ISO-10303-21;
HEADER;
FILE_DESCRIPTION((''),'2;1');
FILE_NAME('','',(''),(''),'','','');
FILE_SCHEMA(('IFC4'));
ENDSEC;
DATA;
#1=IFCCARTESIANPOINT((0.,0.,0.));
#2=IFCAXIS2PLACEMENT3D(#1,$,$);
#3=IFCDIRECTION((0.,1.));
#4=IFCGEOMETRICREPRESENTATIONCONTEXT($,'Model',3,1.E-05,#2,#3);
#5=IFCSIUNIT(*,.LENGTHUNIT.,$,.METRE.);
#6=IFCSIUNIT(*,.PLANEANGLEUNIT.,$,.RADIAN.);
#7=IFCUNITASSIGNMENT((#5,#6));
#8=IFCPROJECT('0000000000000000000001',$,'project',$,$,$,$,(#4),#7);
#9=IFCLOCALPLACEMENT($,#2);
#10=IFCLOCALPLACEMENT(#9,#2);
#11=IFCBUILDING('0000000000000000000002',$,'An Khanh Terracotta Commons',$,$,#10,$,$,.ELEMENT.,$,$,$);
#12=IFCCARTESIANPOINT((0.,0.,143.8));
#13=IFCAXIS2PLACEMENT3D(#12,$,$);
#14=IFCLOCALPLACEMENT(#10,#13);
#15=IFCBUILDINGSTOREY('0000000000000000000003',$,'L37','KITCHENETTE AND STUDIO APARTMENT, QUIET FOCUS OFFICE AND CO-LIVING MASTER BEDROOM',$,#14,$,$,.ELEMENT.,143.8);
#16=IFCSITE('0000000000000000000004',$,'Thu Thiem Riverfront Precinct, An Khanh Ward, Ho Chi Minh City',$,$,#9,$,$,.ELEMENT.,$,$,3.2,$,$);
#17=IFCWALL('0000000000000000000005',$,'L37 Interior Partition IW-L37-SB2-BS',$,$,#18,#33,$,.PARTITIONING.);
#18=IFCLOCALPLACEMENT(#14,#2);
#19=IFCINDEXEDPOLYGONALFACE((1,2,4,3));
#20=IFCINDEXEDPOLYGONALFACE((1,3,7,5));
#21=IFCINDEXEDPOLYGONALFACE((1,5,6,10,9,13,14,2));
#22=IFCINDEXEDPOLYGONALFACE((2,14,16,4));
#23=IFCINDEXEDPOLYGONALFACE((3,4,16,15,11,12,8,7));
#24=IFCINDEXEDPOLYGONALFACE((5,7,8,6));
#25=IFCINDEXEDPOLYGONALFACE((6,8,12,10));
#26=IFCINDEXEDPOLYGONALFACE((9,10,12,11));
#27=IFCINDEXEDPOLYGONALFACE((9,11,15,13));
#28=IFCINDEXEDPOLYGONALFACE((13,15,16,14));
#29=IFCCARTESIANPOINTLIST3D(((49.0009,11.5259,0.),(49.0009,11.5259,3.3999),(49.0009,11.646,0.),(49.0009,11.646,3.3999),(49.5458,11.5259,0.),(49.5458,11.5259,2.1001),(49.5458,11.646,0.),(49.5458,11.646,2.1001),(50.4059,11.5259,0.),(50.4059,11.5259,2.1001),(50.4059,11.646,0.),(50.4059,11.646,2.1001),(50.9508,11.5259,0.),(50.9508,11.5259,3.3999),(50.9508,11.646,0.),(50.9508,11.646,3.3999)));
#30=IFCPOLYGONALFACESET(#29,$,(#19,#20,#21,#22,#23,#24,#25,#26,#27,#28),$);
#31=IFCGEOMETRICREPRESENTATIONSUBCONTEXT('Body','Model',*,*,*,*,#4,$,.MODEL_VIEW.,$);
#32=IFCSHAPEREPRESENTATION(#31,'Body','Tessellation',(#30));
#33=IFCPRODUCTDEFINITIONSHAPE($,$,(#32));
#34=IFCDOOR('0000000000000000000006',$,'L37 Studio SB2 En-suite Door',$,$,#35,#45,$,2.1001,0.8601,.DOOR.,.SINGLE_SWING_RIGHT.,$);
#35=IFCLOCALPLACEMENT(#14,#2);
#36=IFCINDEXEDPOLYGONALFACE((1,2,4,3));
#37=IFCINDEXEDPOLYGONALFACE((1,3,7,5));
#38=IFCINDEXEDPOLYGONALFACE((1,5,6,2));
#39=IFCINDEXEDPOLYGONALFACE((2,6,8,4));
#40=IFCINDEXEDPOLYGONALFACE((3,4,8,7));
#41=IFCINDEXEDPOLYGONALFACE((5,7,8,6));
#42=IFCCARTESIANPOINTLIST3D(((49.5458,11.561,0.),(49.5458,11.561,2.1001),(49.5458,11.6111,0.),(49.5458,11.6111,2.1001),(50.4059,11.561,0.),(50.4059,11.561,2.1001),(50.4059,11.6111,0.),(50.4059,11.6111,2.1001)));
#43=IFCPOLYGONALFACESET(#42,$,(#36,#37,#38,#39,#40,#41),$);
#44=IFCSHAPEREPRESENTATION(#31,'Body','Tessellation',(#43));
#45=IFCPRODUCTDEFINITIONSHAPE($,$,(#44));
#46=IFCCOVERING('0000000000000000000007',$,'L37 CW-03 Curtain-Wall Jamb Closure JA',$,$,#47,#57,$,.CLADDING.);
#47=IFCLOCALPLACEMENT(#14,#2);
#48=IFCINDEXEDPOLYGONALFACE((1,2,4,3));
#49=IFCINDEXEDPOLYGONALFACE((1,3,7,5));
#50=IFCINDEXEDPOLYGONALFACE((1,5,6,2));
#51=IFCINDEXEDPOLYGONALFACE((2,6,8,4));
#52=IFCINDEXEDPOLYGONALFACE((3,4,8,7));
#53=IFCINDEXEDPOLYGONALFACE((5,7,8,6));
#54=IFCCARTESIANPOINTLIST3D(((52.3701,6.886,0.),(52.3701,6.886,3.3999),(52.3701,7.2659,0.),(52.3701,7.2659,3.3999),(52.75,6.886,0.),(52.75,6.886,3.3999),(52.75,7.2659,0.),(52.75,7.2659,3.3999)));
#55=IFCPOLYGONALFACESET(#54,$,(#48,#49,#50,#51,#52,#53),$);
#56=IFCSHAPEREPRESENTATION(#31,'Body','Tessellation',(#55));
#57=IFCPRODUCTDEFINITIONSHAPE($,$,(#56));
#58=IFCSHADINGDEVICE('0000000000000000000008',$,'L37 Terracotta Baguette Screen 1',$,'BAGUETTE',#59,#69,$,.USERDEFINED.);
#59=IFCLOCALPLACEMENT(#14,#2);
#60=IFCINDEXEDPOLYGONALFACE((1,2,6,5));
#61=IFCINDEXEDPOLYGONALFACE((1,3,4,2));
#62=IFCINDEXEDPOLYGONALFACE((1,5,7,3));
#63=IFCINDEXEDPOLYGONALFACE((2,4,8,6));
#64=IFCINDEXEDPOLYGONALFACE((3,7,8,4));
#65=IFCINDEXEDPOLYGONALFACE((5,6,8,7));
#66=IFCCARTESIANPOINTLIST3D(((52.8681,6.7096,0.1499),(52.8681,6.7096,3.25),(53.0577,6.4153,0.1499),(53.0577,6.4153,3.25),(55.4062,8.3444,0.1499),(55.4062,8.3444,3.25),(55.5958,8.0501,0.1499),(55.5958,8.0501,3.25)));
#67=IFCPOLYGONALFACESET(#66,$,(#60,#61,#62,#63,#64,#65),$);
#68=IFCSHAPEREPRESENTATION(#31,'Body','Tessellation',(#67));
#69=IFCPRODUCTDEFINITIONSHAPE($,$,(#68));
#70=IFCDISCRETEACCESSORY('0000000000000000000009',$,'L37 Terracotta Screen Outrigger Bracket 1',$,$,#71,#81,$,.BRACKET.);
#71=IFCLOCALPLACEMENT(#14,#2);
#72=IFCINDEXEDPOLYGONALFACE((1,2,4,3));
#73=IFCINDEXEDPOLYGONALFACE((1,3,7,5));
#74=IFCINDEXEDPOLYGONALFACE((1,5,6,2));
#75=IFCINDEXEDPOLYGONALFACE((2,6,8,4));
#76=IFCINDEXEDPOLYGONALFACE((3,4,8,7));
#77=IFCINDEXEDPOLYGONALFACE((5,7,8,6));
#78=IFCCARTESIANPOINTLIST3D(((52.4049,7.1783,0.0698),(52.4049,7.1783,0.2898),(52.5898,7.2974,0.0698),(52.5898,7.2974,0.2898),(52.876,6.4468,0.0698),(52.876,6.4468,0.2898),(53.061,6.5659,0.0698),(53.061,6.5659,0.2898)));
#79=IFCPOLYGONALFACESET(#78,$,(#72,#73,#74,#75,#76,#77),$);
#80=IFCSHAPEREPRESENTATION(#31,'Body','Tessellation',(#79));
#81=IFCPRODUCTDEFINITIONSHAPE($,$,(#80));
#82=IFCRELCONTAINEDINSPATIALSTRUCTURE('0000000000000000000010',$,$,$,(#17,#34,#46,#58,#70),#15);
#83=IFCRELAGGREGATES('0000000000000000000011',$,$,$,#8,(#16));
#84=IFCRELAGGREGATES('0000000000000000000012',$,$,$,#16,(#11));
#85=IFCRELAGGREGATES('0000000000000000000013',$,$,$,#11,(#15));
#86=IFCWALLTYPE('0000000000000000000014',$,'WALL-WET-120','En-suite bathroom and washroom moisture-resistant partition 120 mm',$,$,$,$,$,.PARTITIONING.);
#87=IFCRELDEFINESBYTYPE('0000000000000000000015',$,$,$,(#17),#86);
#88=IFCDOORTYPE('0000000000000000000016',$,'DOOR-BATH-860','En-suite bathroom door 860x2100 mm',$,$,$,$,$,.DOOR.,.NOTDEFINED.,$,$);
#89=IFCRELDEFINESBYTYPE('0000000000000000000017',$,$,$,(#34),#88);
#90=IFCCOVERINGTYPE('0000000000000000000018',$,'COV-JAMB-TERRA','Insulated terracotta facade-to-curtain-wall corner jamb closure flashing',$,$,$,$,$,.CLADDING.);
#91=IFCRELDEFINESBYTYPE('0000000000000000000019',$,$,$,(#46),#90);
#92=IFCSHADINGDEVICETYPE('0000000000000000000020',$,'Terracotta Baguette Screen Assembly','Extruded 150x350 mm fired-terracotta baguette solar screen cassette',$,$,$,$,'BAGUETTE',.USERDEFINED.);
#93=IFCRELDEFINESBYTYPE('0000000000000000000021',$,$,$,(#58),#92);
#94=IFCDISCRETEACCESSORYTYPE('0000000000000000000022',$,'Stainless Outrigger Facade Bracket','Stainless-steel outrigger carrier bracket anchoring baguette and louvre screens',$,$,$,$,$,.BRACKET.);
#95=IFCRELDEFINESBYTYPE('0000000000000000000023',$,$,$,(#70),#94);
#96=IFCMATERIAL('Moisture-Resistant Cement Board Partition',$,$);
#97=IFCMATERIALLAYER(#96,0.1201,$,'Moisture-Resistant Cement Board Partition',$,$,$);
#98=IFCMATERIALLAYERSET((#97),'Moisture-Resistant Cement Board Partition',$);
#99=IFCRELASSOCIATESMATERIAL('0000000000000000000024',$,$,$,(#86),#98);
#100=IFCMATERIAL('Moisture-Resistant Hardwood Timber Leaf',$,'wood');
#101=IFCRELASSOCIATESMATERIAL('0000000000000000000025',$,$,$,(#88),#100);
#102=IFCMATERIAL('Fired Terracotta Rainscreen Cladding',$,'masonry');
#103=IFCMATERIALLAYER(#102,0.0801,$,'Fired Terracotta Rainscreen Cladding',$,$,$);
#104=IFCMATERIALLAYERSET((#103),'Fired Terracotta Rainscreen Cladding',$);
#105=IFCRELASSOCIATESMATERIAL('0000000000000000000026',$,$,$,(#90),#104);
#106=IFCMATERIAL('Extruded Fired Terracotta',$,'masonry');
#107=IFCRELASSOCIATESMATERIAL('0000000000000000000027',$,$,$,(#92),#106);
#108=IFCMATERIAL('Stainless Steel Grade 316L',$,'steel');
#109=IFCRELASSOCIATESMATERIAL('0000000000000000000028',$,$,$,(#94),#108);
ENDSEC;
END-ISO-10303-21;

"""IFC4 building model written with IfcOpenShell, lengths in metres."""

from ifc_helpers import new_model, si_unit, direction, frame, frame_2d, origin, origin_2d, place, context, subcontext, project, spatial, rectangle, extrude, material, layer, layer_set, type_object, element, fill, save


model = new_model("IFC4")

# Units and contexts
model_context = context("Model", 3, precision=1e-05, world=origin(), true_north=direction((0.0, 1.0)))
body_context = subcontext(model_context, "Body", "Model", "MODEL_VIEW")
ifc_project = project(units=[si_unit("LENGTHUNIT", "METRE"), si_unit("PLANEANGLEUNIT", "RADIAN")], contexts=[model_context])

# Site, building, storey
site_placement = place(None, origin())
site = spatial("IfcSite", under=ifc_project, at=site_placement, Name="Thu Thiem Riverfront Precinct, An Khanh Ward, Ho Chi Minh City", CompositionType="ELEMENT", RefElevation=3.2)
building_placement = place(site_placement, origin())
building = spatial("IfcBuilding", under=site, at=building_placement, Name="An Khanh Terracotta Commons", CompositionType="ELEMENT")
storey_placement = place(building_placement, frame((0.0, 0.0, 143.8)))
storey = spatial("IfcBuildingStorey", under=building, at=storey_placement, Name="L37", Description="KITCHENETTE AND STUDIO APARTMENT, QUIET FOCUS OFFICE AND CO-LIVING MASTER BEDROOM", CompositionType="ELEMENT", Elevation=143.8)

# Wall, opening, door
ifc_material_1 = material(Name="Moisture-Resistant Cement Board Partition")
ifc_layer_1 = layer(ifc_material_1, 0.1201, Name="Moisture-Resistant Cement Board Partition")
ifc_layer_set_1 = layer_set([ifc_layer_1], Name="Moisture-Resistant Cement Board Partition")
wall_type_1 = type_object("IfcWallType", Name="WALL-WET-120", Description="En-suite bathroom and washroom moisture-resistant partition 120 mm", PredefinedType="PARTITIONING", material=ifc_layer_set_1)
wall_1_placement = place(storey_placement, frame((50.9509, 11.5859, 0.0), z_axis=(0.0, 0.0, 1.0), x_axis=(-1.0, 0.0, 0.0)))
wall_1 = element("IfcWall", 1, at=wall_1_placement, inside=storey, type_object=wall_type_1, Name="L37 Interior Partition IW-L37-SB2-BS", PredefinedType="PARTITIONING", context=body_context, shape_type="SweptSolid", body=[
    extrude(rectangle(XDim=1.95, YDim=0.1201, at=frame_2d((0.9751, 0.0))), origin(), (0.0, 0.0, 1.0), 3.3999),
])
opening_1_placement = place(wall_1_placement, frame((0.5449, 0.0, 0.0)))
opening_1 = element("IfcOpeningElement", 2, at=opening_1_placement, cuts=wall_1, PredefinedType="OPENING", context=body_context, shape_type="SweptSolid", body=[
    extrude(rectangle(XDim=0.8601, YDim=2.1001, at=frame_2d((0.4302, 1.05))), frame((0.0, 0.0701, 0.0), z_axis=(0.0, -1.0, 0.0), x_axis=(1.0, 0.0, 0.0)), (0.0, 0.0, 1.0), 0.1401),
])
ifc_material_2 = material(Name="Moisture-Resistant Hardwood Timber Leaf", Category="wood")
door_type_1 = type_object("IfcDoorType", Name="DOOR-BATH-860", Description="En-suite bathroom door 860x2100 mm", OperationType="NOTDEFINED", PredefinedType="DOOR", material=ifc_material_2)
door_1_placement = place(opening_1_placement, origin())
door_1 = element("IfcDoor", 3, at=door_1_placement, inside=storey, type_object=door_type_1, Name="L37 Studio SB2 En-suite Door", OperationType="SINGLE_SWING_RIGHT", OverallHeight=2.1001, OverallWidth=0.8601, PredefinedType="DOOR", context=body_context, shape_type="SweptSolid", body=[
    extrude(rectangle(XDim=0.8601, YDim=2.1001, at=frame_2d((0.4302, 1.05))), frame((0.0, 0.0249, 0.0), z_axis=(0.0, -1.0, 0.0), x_axis=(1.0, 0.0, 0.0)), (0.0, 0.0, 1.0), 0.05),
])
fill(opening_1, door_1)

# Covering
ifc_material_3 = material(Name="Fired Terracotta Rainscreen Cladding", Category="masonry")
ifc_layer_2 = layer(ifc_material_3, 0.0801, Name="Fired Terracotta Rainscreen Cladding")
ifc_layer_set_2 = layer_set([ifc_layer_2], Name="Fired Terracotta Rainscreen Cladding")
covering_type = type_object("IfcCoveringType", Name="COV-JAMB-TERRA", Description="Insulated terracotta facade-to-curtain-wall corner jamb closure flashing", PredefinedType="CLADDING", material=ifc_layer_set_2)
covering_placement = place(storey_placement, frame((52.5601, 7.0759, 0.0), z_axis=(0.0, 0.0, 1.0), x_axis=(1.0, 0.0, 0.0)))
element("IfcCovering", 4, at=covering_placement, inside=storey, type_object=covering_type, Name="L37 CW-03 Curtain-Wall Jamb Closure JA", PredefinedType="CLADDING", context=body_context, shape_type="SweptSolid", body=[
    extrude(rectangle(XDim=0.3799, YDim=0.3799, at=origin_2d()), origin(), (0.0, 0.0, 1.0), 3.3999),
])

# Shading device
ifc_material_4 = material(Name="Extruded Fired Terracotta", Category="masonry")
shading_device_type = type_object("IfcShadingDeviceType", Name="Terracotta Baguette Screen Assembly", Description="Extruded 150x350 mm fired-terracotta baguette solar screen cassette", ElementType="BAGUETTE", PredefinedType="USERDEFINED", material=ifc_material_4)
shading_device_placement = place(storey_placement, frame((54.2319, 7.3799, 0.1499), z_axis=(0.0, 0.0, 1.0), x_axis=(0.840702, 0.541498, 0.0)))
element("IfcShadingDevice", 5, at=shading_device_placement, inside=storey, type_object=shading_device_type, Name="L37 Terracotta Baguette Screen 1", ObjectType="BAGUETTE", PredefinedType="USERDEFINED", context=body_context, shape_type="SweptSolid", body=[
    extrude(rectangle(XDim=3.019, YDim=0.3501, at=origin_2d()), origin(), (0.0, 0.0, 1.0), 3.1001),
])

# Discrete accessory
ifc_material_5 = material(Name="Stainless Steel Grade 316L", Category="steel")
discrete_accessory_type = type_object("IfcDiscreteAccessoryType", Name="Stainless Outrigger Facade Bracket", Description="Stainless-steel outrigger carrier bracket anchoring baguette and louvre screens", PredefinedType="BRACKET", material=ifc_material_5)
discrete_accessory_placement = place(storey_placement, frame((52.7329, 6.8721, 0.0698), z_axis=(0.0, 0.0, 1.0), x_axis=(0.840702, 0.541498, 0.0)))
element("IfcDiscreteAccessory", 6, at=discrete_accessory_placement, inside=storey, type_object=discrete_accessory_type, Name="L37 Terracotta Screen Outrigger Bracket 1", PredefinedType="BRACKET", context=body_context, shape_type="SweptSolid", body=[
    extrude(rectangle(XDim=0.22, YDim=0.8701, at=origin_2d()), origin(), (0.0, 0.0, 1.0), 0.22),
])

save(model, "model.ifc")
